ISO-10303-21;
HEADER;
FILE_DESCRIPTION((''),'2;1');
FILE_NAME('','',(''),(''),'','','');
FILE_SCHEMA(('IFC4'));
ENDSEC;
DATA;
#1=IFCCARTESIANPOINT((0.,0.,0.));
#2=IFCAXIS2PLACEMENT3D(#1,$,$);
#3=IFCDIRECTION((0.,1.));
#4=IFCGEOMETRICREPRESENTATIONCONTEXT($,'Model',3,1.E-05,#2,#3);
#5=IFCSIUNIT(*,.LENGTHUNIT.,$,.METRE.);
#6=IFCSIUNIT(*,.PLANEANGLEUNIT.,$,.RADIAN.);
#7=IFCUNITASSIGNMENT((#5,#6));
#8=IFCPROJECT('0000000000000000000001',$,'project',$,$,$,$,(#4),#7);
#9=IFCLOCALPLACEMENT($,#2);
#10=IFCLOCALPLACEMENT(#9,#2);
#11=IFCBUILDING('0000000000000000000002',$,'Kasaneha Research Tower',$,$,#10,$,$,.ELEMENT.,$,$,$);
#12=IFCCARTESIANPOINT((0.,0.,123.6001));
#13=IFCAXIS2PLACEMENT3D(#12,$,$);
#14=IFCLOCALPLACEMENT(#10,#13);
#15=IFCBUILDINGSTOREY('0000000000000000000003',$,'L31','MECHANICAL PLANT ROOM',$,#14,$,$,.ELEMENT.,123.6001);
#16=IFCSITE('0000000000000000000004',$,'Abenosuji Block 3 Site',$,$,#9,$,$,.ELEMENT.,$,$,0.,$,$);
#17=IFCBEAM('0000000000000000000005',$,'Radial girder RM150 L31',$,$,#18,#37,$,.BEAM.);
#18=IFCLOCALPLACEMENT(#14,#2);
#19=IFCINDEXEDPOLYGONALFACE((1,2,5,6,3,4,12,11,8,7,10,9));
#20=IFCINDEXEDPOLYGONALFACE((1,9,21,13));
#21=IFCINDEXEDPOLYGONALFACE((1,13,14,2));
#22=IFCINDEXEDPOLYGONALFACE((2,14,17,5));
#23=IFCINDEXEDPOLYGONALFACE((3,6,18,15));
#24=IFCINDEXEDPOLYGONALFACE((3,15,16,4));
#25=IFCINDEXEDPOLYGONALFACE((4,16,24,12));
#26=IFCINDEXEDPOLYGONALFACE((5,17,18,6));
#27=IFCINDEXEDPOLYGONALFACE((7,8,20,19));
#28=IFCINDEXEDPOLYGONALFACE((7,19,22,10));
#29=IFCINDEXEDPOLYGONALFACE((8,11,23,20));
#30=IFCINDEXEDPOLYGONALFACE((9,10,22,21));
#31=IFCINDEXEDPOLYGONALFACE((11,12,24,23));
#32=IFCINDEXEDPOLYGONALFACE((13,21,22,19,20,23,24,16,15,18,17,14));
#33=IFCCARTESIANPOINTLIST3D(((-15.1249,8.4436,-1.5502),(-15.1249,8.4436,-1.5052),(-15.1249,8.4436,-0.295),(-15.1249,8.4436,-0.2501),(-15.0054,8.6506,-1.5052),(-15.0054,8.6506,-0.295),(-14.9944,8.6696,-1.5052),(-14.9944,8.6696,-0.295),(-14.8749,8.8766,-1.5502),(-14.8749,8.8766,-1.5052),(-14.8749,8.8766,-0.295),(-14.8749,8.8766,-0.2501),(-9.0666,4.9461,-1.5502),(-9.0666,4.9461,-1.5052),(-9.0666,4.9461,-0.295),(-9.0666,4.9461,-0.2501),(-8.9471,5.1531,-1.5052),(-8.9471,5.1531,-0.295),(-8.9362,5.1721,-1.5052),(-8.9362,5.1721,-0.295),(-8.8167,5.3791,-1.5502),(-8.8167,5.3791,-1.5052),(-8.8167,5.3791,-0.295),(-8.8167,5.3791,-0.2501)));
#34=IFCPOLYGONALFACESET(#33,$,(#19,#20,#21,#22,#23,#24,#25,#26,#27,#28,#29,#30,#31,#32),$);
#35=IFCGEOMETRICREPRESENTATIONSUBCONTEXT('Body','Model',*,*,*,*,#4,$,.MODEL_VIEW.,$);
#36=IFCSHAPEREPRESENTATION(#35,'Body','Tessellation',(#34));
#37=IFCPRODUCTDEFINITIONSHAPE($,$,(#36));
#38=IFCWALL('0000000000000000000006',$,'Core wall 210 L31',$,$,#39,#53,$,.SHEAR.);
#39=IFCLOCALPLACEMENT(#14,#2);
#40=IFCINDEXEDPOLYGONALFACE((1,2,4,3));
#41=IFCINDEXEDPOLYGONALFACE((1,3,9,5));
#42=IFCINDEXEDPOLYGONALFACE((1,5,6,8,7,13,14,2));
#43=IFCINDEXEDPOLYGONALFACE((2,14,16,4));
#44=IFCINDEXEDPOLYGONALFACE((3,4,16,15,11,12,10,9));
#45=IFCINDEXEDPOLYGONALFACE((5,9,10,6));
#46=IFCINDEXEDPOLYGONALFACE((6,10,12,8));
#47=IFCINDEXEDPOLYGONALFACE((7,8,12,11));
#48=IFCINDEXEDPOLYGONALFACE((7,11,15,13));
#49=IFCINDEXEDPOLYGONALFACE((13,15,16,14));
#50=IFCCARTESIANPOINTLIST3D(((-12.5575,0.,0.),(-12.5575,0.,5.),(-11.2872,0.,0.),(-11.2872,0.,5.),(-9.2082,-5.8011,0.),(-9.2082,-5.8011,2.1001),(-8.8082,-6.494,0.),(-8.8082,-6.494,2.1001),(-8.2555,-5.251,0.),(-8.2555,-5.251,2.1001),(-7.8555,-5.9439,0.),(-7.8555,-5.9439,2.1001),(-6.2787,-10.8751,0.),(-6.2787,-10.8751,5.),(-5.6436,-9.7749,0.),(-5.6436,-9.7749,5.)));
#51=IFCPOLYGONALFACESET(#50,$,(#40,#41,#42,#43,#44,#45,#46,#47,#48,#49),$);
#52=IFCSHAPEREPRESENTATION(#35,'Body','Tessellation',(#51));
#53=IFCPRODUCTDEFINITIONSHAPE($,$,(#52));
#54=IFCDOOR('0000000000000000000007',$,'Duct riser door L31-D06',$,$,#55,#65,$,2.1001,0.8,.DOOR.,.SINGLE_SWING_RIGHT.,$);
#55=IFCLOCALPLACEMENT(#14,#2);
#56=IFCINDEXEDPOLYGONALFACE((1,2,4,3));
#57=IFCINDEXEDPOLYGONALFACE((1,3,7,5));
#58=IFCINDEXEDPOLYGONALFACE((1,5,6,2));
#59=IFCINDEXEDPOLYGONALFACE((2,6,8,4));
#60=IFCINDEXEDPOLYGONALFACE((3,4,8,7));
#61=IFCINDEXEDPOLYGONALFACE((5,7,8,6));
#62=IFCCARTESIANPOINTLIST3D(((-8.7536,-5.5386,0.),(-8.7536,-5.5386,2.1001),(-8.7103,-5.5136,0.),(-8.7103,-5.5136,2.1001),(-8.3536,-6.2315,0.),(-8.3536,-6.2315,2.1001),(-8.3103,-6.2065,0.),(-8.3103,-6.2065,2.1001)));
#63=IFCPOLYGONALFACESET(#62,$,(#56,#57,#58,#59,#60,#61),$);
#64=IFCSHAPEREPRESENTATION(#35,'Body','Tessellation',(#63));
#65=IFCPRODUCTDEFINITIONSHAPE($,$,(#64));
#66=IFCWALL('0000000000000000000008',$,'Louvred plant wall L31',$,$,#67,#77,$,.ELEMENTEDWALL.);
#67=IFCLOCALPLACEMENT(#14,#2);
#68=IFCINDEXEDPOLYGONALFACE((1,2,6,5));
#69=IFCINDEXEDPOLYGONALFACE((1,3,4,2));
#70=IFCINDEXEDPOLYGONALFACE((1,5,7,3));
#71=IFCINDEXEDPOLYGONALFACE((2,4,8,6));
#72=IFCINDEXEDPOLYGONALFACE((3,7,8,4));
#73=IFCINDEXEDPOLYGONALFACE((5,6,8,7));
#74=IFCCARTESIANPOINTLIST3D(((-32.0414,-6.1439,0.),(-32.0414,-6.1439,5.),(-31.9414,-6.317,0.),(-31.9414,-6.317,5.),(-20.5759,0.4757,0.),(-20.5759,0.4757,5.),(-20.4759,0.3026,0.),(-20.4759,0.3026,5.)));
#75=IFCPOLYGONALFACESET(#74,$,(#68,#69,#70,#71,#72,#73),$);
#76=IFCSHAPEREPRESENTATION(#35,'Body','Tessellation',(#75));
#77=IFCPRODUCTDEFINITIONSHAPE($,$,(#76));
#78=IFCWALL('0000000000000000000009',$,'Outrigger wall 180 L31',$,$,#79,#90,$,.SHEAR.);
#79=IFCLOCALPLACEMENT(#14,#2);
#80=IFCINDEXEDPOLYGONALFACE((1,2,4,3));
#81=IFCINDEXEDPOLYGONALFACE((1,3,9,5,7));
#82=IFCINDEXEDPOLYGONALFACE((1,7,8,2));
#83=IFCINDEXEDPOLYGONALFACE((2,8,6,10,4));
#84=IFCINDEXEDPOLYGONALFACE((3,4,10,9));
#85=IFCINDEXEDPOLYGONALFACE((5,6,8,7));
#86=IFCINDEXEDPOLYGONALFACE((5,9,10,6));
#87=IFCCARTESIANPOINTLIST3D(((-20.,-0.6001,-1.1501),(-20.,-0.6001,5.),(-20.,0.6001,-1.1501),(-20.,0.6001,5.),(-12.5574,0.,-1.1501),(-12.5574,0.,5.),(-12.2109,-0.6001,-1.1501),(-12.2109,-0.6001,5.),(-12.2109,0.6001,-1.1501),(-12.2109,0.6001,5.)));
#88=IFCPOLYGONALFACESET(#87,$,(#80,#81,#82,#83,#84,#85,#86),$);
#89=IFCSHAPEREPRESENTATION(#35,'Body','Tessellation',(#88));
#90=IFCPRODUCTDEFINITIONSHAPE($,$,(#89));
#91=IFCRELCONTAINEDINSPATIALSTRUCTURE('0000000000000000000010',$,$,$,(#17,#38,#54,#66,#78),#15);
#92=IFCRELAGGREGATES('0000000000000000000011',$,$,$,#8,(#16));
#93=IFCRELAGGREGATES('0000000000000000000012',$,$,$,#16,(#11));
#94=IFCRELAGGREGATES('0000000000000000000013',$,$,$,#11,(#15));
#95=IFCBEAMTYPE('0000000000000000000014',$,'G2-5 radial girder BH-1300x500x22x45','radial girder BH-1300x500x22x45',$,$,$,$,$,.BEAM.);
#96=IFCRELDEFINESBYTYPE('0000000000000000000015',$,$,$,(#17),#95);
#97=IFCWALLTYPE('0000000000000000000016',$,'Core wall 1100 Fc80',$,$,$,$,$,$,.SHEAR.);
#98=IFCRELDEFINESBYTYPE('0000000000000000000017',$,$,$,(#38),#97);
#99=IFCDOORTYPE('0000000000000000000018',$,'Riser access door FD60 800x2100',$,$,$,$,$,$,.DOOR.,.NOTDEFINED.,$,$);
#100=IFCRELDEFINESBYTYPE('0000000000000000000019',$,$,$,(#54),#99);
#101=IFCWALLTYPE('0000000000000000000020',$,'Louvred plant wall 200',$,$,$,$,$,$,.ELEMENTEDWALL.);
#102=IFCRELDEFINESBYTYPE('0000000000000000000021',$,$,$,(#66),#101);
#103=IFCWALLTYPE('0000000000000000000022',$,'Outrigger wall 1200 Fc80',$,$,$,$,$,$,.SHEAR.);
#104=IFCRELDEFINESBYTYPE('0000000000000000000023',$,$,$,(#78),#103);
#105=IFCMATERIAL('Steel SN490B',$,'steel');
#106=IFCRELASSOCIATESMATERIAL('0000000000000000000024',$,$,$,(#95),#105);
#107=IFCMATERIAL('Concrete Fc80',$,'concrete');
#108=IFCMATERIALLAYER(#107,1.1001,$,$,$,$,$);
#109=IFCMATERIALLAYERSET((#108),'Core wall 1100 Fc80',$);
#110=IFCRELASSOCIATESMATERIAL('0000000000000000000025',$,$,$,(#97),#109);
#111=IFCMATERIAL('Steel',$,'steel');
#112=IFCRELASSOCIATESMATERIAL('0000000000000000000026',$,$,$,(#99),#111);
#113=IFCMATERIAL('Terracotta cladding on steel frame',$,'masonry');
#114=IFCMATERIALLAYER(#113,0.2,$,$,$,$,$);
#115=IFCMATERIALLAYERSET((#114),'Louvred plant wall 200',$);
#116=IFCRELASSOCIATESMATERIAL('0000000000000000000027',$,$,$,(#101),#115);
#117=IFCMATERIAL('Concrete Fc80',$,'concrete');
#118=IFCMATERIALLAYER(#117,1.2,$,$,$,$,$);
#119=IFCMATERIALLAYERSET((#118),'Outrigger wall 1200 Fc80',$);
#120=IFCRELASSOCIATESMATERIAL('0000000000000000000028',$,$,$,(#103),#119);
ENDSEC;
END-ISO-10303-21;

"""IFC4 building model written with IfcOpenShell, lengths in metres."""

from ifc_helpers import new_model, si_unit, direction, frame, frame_2d, origin, origin_2d, place, context, subcontext, project, spatial, polyline, rectangle, i_section, outline, extrude, material, layer, layer_set, material_profile, profile_set, type_object, element, fill, save


model = new_model("IFC4")

# Units and contexts
model_context = context("Model", 3, precision=1e-05, world=origin(), true_north=direction((0.0, 1.0)))
body_context = subcontext(model_context, "Body", "Model", "MODEL_VIEW")
ifc_project = project(units=[si_unit("LENGTHUNIT", "METRE"), si_unit("PLANEANGLEUNIT", "RADIAN")], contexts=[model_context])

# Site, building, storey
site_placement = place(None, origin())
site = spatial("IfcSite", under=ifc_project, at=site_placement, Name="Abenosuji Block 3 Site", CompositionType="ELEMENT", RefElevation=0.0)
building_placement = place(site_placement, origin())
building = spatial("IfcBuilding", under=site, at=building_placement, Name="Kasaneha Research Tower", CompositionType="ELEMENT")
storey_placement = place(building_placement, frame((0.0, 0.0, 123.6001)))
storey = spatial("IfcBuildingStorey", under=building, at=storey_placement, Name="L31", Description="MECHANICAL PLANT ROOM", CompositionType="ELEMENT", Elevation=123.6001)

# Beam
ifc_material_1 = material(Name="Steel SN490B", Category="steel")
ifc_material_profile_1 = material_profile(ifc_material_1, i_section(OverallWidth=0.5, OverallDepth=1.3, WebThickness=0.022, FlangeThickness=0.0449, at=origin_2d()), Name="BH-1300x500x22x45")
ifc_profile_set_1 = profile_set([ifc_material_profile_1], Name="Steel SN490B")
beam_type_1 = type_object("IfcBeamType", Name="G2-5 radial girder BH-1300x500x22x45", Description="radial girder BH-1300x500x22x45", PredefinedType="BEAM", material=ifc_profile_set_1)
beam_1_placement = place(storey_placement, frame((-8.9417, 5.1626, -0.9001), z_axis=(-0.86604, 0.499975, 0.0), x_axis=(-0.499975, -0.86604, 0.0)))
element("IfcBeam", 1, at=beam_1_placement, inside=storey, type_object=beam_type_1, Name="Radial girder RM150 L31", PredefinedType="BEAM", context=body_context, shape_type="SweptSolid", body=[
    extrude(i_section(OverallWidth=0.5, OverallDepth=1.3, WebThickness=0.022, FlangeThickness=0.0449, at=origin_2d()), origin(), (0.0, 0.0, 1.0), 6.9954),
])

# Wall, opening, door
ifc_material_2 = material(Name="Concrete Fc80", Category="concrete")
ifc_layer_1 = layer(ifc_material_2, 1.1001)
ifc_layer_set_1 = layer_set([ifc_layer_1], Name="Core wall 1100 Fc80")
wall_type_1 = type_object("IfcWallType", Name="Core wall 1100 Fc80", PredefinedType="SHEAR", material=ifc_layer_set_1)
wall_1_placement = place(storey_placement, frame((-11.9224, 0.0, 0.0), z_axis=(0.0, 0.0, 1.0), x_axis=(0.500004, -0.866023, 0.0)))
wall_1 = element("IfcWall", 2, at=wall_1_placement, inside=storey, type_object=wall_type_1, Name="Core wall 210 L31", PredefinedType="SHEAR", context=body_context, shape_type="SweptSolid", body=[
    extrude(outline(polyline([(-0.3176, -0.55), (6.3811, -0.55), (7.1812, -0.55), (12.24, -0.55), (11.6047, 0.55), (7.1812, 0.55), (6.3811, 0.55), (0.3176, 0.55), (-0.3176, -0.55)])), origin(), (0.0, 0.0, 1.0), 5.0),
])
opening_1_placement = place(wall_1_placement, frame((6.3811, 0.0, 0.0)))
opening_1 = element("IfcOpeningElement", 3, at=opening_1_placement, cuts=wall_1, PredefinedType="OPENING", context=body_context, shape_type="SweptSolid", body=[
    extrude(rectangle(XDim=0.8, YDim=2.1001, at=frame_2d((0.3999, 1.05))), frame((0.0, 0.5601, 0.0), z_axis=(0.0, -1.0, 0.0), x_axis=(1.0, 0.0, 0.0)), (0.0, 0.0, 1.0), 1.1201),
])
ifc_material_3 = material(Name="Steel", Category="steel")
door_type_1 = type_object("IfcDoorType", Name="Riser access door FD60 800x2100", OperationType="NOTDEFINED", PredefinedType="DOOR", material=ifc_material_3)
door_1_placement = place(opening_1_placement, origin())
door_1 = element("IfcDoor", 4, at=door_1_placement, inside=storey, type_object=door_type_1, Name="Duct riser door L31-D06", OperationType="SINGLE_SWING_RIGHT", OverallHeight=2.1001, OverallWidth=0.8, PredefinedType="DOOR", context=body_context, shape_type="SweptSolid", body=[
    extrude(rectangle(XDim=0.8, YDim=2.1001, at=frame_2d((0.3999, 1.05))), frame((0.0, 0.0249, 0.0), z_axis=(0.0, -1.0, 0.0), x_axis=(1.0, 0.0, 0.0)), (0.0, 0.0, 1.0), 0.05),
])
fill(opening_1, door_1)

# Walls
ifc_material_4 = material(Name="Terracotta cladding on steel frame", Category="masonry")
ifc_layer_2 = layer(ifc_material_4, 0.2)
ifc_layer_set_2 = layer_set([ifc_layer_2], Name="Louvred plant wall 200")
wall_type_2 = type_object("IfcWallType", Name="Louvred plant wall 200", PredefinedType="ELEMENTEDWALL", material=ifc_layer_set_2)
wall_2_placement = place(storey_placement, frame((-20.5259, 0.3892, 0.0), z_axis=(0.0, 0.0, 1.0), x_axis=(-0.866026, -0.499999, 0.0)))
element("IfcWall", 5, at=wall_2_placement, inside=storey, type_object=wall_type_2, Name="Louvred plant wall L31", PredefinedType="ELEMENTEDWALL", context=body_context, shape_type="SweptSolid", body=[
    extrude(rectangle(XDim=13.2393, YDim=0.2, at=frame_2d((6.6196, 0.0))), origin(), (0.0, 0.0, 1.0), 5.0),
])
ifc_material_5 = material(Name="Concrete Fc80", Category="concrete")
ifc_layer_3 = layer(ifc_material_5, 1.2)
ifc_layer_set_3 = layer_set([ifc_layer_3], Name="Outrigger wall 1200 Fc80")
wall_type_3 = type_object("IfcWallType", Name="Outrigger wall 1200 Fc80", PredefinedType="SHEAR", material=ifc_layer_set_3)
wall_3_placement = place(storey_placement, frame((-12.5574, 0.0, -1.1501), z_axis=(0.0, 0.0, 1.0), x_axis=(-1.0, 0.0, 0.0)))
element("IfcWall", 6, at=wall_3_placement, inside=storey, type_object=wall_type_3, Name="Outrigger wall 180 L31", PredefinedType="SHEAR", context=body_context, shape_type="SweptSolid", body=[
    extrude(outline(polyline([(-0.3464, -0.6001), (7.4426, -0.6001), (7.4426, 0.6001), (-0.3464, 0.6001), (0.0, 0.0), (-0.3464, -0.6001)])), origin(), (0.0, 0.0, 1.0), 6.1501),
])

save(model, "model.ifc")
